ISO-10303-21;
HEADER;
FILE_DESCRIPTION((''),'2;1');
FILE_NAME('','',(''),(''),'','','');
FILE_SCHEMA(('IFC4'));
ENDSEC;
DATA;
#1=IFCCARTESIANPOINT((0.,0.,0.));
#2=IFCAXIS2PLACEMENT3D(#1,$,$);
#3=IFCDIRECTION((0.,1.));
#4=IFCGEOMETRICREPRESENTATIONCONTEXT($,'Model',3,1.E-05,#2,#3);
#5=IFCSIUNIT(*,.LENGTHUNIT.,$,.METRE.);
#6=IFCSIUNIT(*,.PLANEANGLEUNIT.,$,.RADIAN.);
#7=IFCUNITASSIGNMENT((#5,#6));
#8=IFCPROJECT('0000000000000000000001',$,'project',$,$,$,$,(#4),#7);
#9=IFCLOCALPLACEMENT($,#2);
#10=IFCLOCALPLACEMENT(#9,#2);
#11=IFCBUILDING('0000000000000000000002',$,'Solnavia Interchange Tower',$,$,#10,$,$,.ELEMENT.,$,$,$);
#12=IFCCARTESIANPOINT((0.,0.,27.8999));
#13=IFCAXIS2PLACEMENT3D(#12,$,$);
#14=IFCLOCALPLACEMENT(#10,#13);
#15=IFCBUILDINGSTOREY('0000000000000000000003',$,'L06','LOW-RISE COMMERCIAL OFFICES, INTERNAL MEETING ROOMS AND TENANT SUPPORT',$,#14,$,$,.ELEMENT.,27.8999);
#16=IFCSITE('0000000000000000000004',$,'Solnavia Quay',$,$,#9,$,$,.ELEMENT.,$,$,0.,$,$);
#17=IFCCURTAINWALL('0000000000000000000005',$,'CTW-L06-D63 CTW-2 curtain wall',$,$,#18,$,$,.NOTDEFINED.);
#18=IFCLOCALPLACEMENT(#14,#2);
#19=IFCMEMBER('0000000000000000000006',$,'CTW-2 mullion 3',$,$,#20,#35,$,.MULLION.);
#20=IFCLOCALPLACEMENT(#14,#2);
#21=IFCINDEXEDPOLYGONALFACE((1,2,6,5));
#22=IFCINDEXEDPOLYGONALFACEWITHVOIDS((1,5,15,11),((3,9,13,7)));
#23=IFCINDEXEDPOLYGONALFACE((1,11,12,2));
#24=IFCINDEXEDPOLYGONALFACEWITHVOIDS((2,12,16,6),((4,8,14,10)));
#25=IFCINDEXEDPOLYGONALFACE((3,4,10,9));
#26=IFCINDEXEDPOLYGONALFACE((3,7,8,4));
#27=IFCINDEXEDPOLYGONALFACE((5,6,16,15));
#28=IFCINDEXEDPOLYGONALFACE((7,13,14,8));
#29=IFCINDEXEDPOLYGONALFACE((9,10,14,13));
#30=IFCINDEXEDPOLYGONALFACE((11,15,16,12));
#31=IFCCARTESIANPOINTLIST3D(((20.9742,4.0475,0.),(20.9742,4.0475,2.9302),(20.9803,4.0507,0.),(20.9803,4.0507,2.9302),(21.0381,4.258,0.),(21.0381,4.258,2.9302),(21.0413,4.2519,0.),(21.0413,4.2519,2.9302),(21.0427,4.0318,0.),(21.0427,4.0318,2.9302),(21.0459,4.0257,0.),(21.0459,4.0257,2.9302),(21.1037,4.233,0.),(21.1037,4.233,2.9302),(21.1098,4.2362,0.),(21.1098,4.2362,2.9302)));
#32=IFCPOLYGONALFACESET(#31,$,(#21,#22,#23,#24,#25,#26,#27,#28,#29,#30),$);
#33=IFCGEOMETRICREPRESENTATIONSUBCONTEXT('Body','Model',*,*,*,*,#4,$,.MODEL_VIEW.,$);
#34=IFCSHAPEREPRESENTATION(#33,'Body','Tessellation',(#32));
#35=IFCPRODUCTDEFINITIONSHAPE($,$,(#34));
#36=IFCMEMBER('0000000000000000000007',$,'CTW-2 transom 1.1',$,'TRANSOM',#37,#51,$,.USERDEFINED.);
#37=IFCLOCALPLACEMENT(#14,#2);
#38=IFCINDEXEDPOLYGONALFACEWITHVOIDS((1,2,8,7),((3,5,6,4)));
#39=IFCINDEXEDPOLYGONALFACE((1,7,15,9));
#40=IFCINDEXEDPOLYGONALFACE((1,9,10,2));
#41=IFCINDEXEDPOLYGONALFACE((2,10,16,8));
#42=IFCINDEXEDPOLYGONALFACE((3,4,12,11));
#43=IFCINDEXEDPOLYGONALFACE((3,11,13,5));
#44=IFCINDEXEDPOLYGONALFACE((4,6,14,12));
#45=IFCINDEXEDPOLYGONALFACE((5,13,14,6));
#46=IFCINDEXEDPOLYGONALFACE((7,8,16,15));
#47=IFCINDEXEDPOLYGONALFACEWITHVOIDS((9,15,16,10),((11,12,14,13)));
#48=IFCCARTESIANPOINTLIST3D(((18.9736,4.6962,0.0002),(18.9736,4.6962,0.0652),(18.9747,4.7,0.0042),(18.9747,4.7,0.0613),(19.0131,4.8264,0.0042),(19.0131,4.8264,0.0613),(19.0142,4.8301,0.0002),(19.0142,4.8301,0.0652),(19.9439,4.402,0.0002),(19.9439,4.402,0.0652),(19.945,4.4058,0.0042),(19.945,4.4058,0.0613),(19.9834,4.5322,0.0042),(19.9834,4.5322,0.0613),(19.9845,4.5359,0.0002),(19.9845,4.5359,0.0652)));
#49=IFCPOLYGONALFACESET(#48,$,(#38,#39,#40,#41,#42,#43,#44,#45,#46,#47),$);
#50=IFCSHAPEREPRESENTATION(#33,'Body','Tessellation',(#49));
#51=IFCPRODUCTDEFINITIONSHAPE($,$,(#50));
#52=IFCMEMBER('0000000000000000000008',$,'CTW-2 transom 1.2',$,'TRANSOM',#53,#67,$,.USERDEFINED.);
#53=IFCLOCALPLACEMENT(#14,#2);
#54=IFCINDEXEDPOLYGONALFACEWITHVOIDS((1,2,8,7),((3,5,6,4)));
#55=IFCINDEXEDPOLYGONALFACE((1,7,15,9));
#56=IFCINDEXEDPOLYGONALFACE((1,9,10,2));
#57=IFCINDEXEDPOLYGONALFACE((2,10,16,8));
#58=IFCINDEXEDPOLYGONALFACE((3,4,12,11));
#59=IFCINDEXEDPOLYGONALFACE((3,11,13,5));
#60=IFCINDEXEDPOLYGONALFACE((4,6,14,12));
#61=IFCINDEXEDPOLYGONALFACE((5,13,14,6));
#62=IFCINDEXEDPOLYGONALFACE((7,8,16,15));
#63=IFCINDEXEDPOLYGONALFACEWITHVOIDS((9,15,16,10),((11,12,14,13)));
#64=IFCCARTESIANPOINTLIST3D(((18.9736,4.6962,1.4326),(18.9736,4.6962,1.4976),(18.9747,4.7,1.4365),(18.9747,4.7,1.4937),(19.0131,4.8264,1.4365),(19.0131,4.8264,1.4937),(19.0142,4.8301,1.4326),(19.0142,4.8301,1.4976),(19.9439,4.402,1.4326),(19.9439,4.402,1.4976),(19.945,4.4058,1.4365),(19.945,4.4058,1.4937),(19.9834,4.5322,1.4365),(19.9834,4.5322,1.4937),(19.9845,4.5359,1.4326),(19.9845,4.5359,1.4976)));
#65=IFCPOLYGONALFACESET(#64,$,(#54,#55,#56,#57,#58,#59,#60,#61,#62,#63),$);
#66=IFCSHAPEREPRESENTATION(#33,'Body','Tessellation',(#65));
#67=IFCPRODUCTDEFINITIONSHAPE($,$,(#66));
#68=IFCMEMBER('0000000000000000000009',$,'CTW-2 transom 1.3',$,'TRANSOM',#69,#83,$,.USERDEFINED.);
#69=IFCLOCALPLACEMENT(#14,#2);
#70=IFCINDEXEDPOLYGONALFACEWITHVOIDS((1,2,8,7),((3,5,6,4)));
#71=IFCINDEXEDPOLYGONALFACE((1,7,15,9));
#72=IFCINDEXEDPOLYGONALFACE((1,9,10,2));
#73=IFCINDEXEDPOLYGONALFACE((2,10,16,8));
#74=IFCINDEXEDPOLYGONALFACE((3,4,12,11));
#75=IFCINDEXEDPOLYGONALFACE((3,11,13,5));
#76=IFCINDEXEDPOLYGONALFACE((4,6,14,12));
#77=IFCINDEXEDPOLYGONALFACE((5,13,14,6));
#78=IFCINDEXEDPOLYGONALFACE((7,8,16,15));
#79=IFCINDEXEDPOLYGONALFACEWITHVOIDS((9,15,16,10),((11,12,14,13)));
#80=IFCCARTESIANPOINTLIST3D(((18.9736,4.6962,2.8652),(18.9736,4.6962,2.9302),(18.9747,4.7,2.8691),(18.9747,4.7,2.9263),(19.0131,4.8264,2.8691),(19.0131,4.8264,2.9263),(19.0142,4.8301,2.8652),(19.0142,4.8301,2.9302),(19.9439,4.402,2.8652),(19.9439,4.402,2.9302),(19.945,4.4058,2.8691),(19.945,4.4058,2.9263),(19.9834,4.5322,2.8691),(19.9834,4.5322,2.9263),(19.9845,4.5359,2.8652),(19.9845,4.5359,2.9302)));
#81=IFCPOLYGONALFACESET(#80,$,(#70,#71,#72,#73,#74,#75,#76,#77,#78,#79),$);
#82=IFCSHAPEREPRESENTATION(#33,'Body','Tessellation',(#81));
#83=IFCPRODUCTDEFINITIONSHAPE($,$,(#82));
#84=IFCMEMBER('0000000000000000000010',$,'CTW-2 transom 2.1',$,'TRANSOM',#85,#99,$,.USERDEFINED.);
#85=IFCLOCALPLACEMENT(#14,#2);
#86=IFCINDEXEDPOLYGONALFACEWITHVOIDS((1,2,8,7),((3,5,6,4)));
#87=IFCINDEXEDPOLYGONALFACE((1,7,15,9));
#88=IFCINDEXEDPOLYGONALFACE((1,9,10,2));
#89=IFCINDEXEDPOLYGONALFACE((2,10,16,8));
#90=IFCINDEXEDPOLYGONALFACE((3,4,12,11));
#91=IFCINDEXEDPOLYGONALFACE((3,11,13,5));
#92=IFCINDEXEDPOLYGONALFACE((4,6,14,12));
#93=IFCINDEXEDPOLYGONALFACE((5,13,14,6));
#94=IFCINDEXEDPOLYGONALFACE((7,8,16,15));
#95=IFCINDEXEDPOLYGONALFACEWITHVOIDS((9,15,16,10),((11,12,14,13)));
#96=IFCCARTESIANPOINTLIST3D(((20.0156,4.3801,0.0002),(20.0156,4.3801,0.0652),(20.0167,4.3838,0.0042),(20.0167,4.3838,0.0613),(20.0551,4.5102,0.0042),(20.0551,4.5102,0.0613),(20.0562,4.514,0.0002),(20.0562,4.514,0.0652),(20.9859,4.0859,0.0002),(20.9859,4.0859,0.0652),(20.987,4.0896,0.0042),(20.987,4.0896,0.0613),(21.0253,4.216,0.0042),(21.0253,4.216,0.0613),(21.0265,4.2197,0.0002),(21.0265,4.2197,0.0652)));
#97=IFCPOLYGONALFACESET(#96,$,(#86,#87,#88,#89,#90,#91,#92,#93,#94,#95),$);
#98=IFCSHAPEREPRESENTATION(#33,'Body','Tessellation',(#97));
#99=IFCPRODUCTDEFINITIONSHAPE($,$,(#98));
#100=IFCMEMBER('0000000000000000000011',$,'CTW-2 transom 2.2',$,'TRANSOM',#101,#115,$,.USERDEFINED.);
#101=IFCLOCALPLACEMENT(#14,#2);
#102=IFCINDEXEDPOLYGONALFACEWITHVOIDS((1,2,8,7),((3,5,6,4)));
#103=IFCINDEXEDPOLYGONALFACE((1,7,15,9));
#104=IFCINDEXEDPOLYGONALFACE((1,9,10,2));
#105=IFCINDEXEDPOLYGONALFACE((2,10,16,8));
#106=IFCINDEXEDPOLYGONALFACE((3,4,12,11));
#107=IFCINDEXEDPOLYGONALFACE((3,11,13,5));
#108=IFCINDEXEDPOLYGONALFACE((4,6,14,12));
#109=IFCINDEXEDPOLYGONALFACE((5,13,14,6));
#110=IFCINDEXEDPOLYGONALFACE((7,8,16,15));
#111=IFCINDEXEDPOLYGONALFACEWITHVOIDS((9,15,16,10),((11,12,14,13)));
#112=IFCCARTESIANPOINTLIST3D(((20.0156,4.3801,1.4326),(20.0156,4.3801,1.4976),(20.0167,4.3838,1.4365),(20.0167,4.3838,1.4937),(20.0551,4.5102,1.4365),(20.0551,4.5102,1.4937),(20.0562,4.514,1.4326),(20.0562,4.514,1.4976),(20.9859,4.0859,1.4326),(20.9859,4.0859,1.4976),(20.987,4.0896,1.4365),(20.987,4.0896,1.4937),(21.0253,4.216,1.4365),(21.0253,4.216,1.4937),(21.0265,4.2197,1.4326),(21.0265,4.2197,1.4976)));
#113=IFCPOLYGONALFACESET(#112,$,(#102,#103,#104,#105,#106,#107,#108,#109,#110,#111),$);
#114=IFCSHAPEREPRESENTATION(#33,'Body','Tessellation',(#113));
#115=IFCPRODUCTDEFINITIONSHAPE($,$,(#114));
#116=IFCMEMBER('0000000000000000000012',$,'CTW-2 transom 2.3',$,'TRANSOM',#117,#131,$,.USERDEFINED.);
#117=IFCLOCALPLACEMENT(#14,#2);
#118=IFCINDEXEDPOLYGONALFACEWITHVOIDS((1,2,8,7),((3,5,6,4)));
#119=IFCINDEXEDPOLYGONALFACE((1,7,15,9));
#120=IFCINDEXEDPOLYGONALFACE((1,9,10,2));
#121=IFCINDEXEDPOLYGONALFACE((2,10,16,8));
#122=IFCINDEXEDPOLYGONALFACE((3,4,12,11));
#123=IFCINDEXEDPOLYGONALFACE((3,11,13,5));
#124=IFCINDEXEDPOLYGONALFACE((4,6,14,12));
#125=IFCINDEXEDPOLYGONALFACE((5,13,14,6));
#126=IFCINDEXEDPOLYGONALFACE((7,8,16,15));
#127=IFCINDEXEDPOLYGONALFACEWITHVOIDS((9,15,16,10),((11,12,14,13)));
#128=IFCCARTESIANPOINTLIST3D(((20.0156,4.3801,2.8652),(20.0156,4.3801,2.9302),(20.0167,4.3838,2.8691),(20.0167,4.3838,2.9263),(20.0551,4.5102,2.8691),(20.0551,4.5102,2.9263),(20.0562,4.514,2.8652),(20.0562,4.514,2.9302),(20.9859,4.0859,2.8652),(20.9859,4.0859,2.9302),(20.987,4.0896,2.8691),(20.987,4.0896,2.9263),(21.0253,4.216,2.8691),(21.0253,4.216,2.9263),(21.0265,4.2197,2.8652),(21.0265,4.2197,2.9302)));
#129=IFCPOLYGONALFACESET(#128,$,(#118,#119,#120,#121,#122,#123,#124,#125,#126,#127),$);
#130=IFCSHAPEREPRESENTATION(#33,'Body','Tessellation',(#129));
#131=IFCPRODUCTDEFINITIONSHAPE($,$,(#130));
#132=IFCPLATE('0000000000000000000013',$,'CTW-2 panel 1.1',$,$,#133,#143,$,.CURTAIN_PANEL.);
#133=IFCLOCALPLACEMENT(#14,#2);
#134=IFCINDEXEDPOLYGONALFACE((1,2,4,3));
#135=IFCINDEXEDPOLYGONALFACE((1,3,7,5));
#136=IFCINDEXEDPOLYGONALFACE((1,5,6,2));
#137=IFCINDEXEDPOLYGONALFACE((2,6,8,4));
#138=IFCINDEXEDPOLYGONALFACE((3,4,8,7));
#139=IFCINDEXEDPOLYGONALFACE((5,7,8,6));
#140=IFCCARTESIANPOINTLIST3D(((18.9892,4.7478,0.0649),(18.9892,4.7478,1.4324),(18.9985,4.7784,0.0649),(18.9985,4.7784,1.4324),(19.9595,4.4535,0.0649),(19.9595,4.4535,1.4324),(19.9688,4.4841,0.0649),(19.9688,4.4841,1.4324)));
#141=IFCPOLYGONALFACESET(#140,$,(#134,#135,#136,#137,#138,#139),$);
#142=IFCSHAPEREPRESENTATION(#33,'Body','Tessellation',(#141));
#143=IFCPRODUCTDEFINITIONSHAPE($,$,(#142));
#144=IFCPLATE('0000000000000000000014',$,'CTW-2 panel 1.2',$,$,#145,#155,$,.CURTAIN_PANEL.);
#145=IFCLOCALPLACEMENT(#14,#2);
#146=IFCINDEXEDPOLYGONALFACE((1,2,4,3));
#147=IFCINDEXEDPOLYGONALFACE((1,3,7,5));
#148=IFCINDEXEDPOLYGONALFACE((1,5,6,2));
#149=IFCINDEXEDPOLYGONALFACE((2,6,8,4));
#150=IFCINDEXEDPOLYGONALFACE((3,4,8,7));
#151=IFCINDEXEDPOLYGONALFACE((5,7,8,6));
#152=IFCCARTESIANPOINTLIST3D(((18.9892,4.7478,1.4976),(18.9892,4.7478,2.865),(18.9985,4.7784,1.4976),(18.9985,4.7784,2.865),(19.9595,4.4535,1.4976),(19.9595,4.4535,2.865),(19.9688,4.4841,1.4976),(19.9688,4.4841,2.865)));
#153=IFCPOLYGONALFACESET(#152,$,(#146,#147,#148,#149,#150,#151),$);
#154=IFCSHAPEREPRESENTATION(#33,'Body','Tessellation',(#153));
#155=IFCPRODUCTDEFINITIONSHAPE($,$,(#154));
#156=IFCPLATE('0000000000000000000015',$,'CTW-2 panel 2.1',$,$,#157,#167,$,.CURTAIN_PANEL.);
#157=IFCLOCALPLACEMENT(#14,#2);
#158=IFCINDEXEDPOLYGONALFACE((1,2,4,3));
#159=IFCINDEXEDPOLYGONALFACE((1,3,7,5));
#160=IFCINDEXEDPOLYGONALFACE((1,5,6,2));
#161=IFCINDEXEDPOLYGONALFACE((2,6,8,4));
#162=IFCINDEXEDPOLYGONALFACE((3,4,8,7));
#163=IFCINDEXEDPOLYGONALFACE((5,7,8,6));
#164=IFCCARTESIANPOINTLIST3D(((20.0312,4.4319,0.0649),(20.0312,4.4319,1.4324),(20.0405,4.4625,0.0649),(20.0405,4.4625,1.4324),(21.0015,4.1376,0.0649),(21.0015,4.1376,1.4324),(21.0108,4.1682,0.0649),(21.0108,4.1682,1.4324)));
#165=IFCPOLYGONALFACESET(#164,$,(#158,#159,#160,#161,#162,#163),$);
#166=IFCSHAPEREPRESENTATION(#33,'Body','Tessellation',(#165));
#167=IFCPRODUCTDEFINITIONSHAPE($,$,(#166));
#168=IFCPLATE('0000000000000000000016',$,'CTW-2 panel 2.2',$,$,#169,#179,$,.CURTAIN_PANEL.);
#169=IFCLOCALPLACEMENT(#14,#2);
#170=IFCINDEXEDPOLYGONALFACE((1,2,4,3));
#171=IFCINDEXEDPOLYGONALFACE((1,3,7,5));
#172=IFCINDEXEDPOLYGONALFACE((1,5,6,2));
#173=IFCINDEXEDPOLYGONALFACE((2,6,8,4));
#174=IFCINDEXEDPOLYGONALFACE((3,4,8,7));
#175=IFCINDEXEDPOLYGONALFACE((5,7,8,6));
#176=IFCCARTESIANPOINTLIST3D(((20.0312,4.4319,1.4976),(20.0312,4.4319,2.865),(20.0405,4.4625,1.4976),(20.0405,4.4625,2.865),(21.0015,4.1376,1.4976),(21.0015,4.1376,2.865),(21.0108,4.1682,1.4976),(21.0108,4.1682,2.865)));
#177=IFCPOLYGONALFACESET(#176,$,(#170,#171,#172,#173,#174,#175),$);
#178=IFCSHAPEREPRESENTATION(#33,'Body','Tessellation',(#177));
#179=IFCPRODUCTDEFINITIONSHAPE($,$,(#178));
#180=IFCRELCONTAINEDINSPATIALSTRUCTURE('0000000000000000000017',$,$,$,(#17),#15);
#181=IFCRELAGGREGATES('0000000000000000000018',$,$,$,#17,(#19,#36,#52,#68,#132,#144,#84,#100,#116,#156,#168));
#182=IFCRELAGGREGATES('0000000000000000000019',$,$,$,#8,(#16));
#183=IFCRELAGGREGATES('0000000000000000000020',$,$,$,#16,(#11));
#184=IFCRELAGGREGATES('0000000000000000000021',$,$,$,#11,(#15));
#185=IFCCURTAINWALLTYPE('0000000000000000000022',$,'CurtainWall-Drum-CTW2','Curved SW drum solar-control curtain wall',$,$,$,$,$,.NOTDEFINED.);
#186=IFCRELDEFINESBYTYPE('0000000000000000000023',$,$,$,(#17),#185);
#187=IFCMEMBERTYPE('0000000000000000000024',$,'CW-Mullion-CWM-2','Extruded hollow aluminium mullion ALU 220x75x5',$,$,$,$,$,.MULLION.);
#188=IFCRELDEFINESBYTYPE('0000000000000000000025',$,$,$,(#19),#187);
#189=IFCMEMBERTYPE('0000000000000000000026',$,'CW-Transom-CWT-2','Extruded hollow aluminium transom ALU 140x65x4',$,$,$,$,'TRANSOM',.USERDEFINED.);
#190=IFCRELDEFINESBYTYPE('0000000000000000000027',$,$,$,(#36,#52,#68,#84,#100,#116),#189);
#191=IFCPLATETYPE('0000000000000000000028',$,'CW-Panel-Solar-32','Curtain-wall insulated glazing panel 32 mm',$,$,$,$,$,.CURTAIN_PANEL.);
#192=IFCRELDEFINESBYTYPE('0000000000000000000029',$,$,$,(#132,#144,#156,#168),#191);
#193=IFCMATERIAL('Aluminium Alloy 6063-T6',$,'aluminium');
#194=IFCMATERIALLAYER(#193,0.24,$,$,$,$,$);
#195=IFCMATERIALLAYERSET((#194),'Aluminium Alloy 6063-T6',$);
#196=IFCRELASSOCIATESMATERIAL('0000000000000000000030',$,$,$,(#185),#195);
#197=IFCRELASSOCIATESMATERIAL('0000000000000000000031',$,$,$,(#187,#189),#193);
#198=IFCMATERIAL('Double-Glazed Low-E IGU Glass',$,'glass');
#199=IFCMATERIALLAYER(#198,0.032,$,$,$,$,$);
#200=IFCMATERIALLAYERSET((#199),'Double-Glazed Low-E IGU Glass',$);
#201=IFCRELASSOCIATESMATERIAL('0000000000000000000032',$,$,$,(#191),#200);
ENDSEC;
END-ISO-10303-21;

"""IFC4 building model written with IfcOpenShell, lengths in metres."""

from ifc_helpers import new_model, si_unit, direction, frame, origin, origin_2d, place, context, subcontext, project, spatial, rectangle, hollow_rectangle, extrude, material, layer, layer_set, material_profile, profile_set, type_object, element, aggregate, save


model = new_model("IFC4")

# Units and contexts
model_context = context("Model", 3, precision=1e-05, world=origin(), true_north=direction((0.0, 1.0)))
body_context = subcontext(model_context, "Body", "Model", "MODEL_VIEW")
ifc_project = project(units=[si_unit("LENGTHUNIT", "METRE"), si_unit("PLANEANGLEUNIT", "RADIAN")], contexts=[model_context])

# Site, building, storey
site_placement = place(None, origin())
site = spatial("IfcSite", under=ifc_project, at=site_placement, Name="Solnavia Quay", CompositionType="ELEMENT", RefElevation=0.0)
building_placement = place(site_placement, origin())
building = spatial("IfcBuilding", under=site, at=building_placement, Name="Solnavia Interchange Tower", CompositionType="ELEMENT")
storey_placement = place(building_placement, frame((0.0, 0.0, 27.8999)))
storey = spatial("IfcBuildingStorey", under=building, at=storey_placement, Name="L06", Description="LOW-RISE COMMERCIAL OFFICES, INTERNAL MEETING ROOMS AND TENANT SUPPORT", CompositionType="ELEMENT", Elevation=27.8999)

# Shared definitions
ifc_material_1 = material(Name="Aluminium Alloy 6063-T6", Category="aluminium")
ifc_layer_1 = layer(ifc_material_1, 0.24)
ifc_layer_set_1 = layer_set([ifc_layer_1], Name="Aluminium Alloy 6063-T6")
curtain_wall_type = type_object("IfcCurtainWallType", Name="CurtainWall-Drum-CTW2", Description="Curved SW drum solar-control curtain wall", PredefinedType="NOTDEFINED", material=ifc_layer_set_1)
ifc_material_profile_1 = material_profile(ifc_material_1, hollow_rectangle(XDim=0.075, YDim=0.22, WallThickness=0.0049, at=origin_2d()), Name="ALU 220x75x5")
ifc_profile_set_1 = profile_set([ifc_material_profile_1], Name="Aluminium Alloy 6063-T6")
member_type_1 = type_object("IfcMemberType", Name="CW-Mullion-CWM-2", Description="Extruded hollow aluminium mullion ALU 220x75x5", PredefinedType="MULLION", material=ifc_profile_set_1)

# Curtain wall, members, plates
curtain_wall_1_placement = place(storey_placement, origin())
curtain_wall_1 = element("IfcCurtainWall", 1, at=curtain_wall_1_placement, inside=storey, type_object=curtain_wall_type, Name="CTW-L06-D63 CTW-2 curtain wall", PredefinedType="NOTDEFINED")
member_1_placement = place(storey_placement, frame((21.042, 4.1418, 0.0), z_axis=(0.0, 0.0, 1.0), x_axis=(0.956935, -0.290303, 0.0)))
member_1 = element("IfcMember", 2, at=member_1_placement, type_object=member_type_1, Name="CTW-2 mullion 3", PredefinedType="MULLION", context=body_context, shape_type="SweptSolid", body=[
    extrude(hollow_rectangle(XDim=0.075, YDim=0.22, WallThickness=0.0049, at=origin_2d()), origin(), (0.0, 0.0, 1.0), 2.9302),
])
ifc_material_profile_2 = material_profile(ifc_material_1, hollow_rectangle(XDim=0.0649, YDim=0.1399, WallThickness=0.0039, at=origin_2d()), Name="ALU 140x65x4")
ifc_profile_set_2 = profile_set([ifc_material_profile_2], Name="Aluminium Alloy 6063-T6")
member_type_2 = type_object("IfcMemberType", Name="CW-Transom-CWT-2", Description="Extruded hollow aluminium transom ALU 140x65x4", ElementType="TRANSOM", PredefinedType="USERDEFINED", material=ifc_profile_set_2)
member_2_placement = place(storey_placement, frame((18.9939, 4.7632, 0.0327), z_axis=(0.956974, -0.290174, 0.0), x_axis=(0.0, 0.0, 1.0)))
member_2 = element("IfcMember", 3, at=member_2_placement, type_object=member_type_2, Name="CTW-2 transom 1.1", ObjectType="TRANSOM", PredefinedType="USERDEFINED", context=body_context, shape_type="SweptSolid", body=[
    extrude(hollow_rectangle(XDim=0.0649, YDim=0.1399, WallThickness=0.0039, at=origin_2d()), origin(), (0.0, 0.0, 1.0), 1.0139),
])
member_3_placement = place(storey_placement, frame((18.9939, 4.7632, 1.4651), z_axis=(0.956974, -0.290174, 0.0), x_axis=(0.0, 0.0, 1.0)))
member_3 = element("IfcMember", 4, at=member_3_placement, type_object=member_type_2, Name="CTW-2 transom 1.2", ObjectType="TRANSOM", PredefinedType="USERDEFINED", context=body_context, shape_type="SweptSolid", body=[
    extrude(hollow_rectangle(XDim=0.0649, YDim=0.1399, WallThickness=0.0039, at=origin_2d()), origin(), (0.0, 0.0, 1.0), 1.0139),
])
member_4_placement = place(storey_placement, frame((18.9939, 4.7632, 2.8977), z_axis=(0.956974, -0.290174, 0.0), x_axis=(0.0, 0.0, 1.0)))
member_4 = element("IfcMember", 5, at=member_4_placement, type_object=member_type_2, Name="CTW-2 transom 1.3", ObjectType="TRANSOM", PredefinedType="USERDEFINED", context=body_context, shape_type="SweptSolid", body=[
    extrude(hollow_rectangle(XDim=0.0649, YDim=0.1399, WallThickness=0.0039, at=origin_2d()), origin(), (0.0, 0.0, 1.0), 1.0139),
])
member_5_placement = place(storey_placement, frame((20.0359, 4.447, 0.0327), z_axis=(0.956974, -0.290174, 0.0), x_axis=(0.0, 0.0, 1.0)))
member_5 = element("IfcMember", 6, at=member_5_placement, type_object=member_type_2, Name="CTW-2 transom 2.1", ObjectType="TRANSOM", PredefinedType="USERDEFINED", context=body_context, shape_type="SweptSolid", body=[
    extrude(hollow_rectangle(XDim=0.0649, YDim=0.1399, WallThickness=0.0039, at=origin_2d()), origin(), (0.0, 0.0, 1.0), 1.0139),
])
member_6_placement = place(storey_placement, frame((20.0359, 4.447, 1.4651), z_axis=(0.956974, -0.290174, 0.0), x_axis=(0.0, 0.0, 1.0)))
member_6 = element("IfcMember", 7, at=member_6_placement, type_object=member_type_2, Name="CTW-2 transom 2.2", ObjectType="TRANSOM", PredefinedType="USERDEFINED", context=body_context, shape_type="SweptSolid", body=[
    extrude(hollow_rectangle(XDim=0.0649, YDim=0.1399, WallThickness=0.0039, at=origin_2d()), origin(), (0.0, 0.0, 1.0), 1.0139),
])
member_7_placement = place(storey_placement, frame((20.0359, 4.447, 2.8977), z_axis=(0.956974, -0.290174, 0.0), x_axis=(0.0, 0.0, 1.0)))
member_7 = element("IfcMember", 8, at=member_7_placement, type_object=member_type_2, Name="CTW-2 transom 2.3", ObjectType="TRANSOM", PredefinedType="USERDEFINED", context=body_context, shape_type="SweptSolid", body=[
    extrude(hollow_rectangle(XDim=0.0649, YDim=0.1399, WallThickness=0.0039, at=origin_2d()), origin(), (0.0, 0.0, 1.0), 1.0139),
])
ifc_material_2 = material(Name="Double-Glazed Low-E IGU Glass", Category="glass")
ifc_layer_2 = layer(ifc_material_2, 0.032)
ifc_layer_set_2 = layer_set([ifc_layer_2], Name="Double-Glazed Low-E IGU Glass")
plate_type = type_object("IfcPlateType", Name="CW-Panel-Solar-32", Description="Curtain-wall insulated glazing panel 32 mm", PredefinedType="CURTAIN_PANEL", material=ifc_layer_set_2)
plate_1_placement = place(storey_placement, frame((19.479, 4.616, 0.0649), z_axis=(0.0, 0.0, 1.0), x_axis=(0.956935, -0.290303, 0.0)))
plate_1 = element("IfcPlate", 9, at=plate_1_placement, type_object=plate_type, Name="CTW-2 panel 1.1", PredefinedType="CURTAIN_PANEL", context=body_context, shape_type="SweptSolid", body=[
    extrude(rectangle(XDim=1.0139, YDim=0.032, at=origin_2d()), origin(), (0.0, 0.0, 1.0), 1.3674),
])
plate_2_placement = place(storey_placement, frame((19.479, 4.616, 1.4976), z_axis=(0.0, 0.0, 1.0), x_axis=(0.956935, -0.290303, 0.0)))
plate_2 = element("IfcPlate", 10, at=plate_2_placement, type_object=plate_type, Name="CTW-2 panel 1.2", PredefinedType="CURTAIN_PANEL", context=body_context, shape_type="SweptSolid", body=[
    extrude(rectangle(XDim=1.0139, YDim=0.032, at=origin_2d()), origin(), (0.0, 0.0, 1.0), 1.3674),
])
plate_3_placement = place(storey_placement, frame((20.521, 4.3, 0.0649), z_axis=(0.0, 0.0, 1.0), x_axis=(0.956935, -0.290303, 0.0)))
plate_3 = element("IfcPlate", 11, at=plate_3_placement, type_object=plate_type, Name="CTW-2 panel 2.1", PredefinedType="CURTAIN_PANEL", context=body_context, shape_type="SweptSolid", body=[
    extrude(rectangle(XDim=1.0139, YDim=0.032, at=origin_2d()), origin(), (0.0, 0.0, 1.0), 1.3674),
])
plate_4_placement = place(storey_placement, frame((20.521, 4.3, 1.4976), z_axis=(0.0, 0.0, 1.0), x_axis=(0.956935, -0.290303, 0.0)))
plate_4 = element("IfcPlate", 12, at=plate_4_placement, type_object=plate_type, Name="CTW-2 panel 2.2", PredefinedType="CURTAIN_PANEL", context=body_context, shape_type="SweptSolid", body=[
    extrude(rectangle(XDim=1.0139, YDim=0.032, at=origin_2d()), origin(), (0.0, 0.0, 1.0), 1.3674),
])
aggregate(curtain_wall_1, [member_1, member_2, member_3, member_4, plate_1, plate_2, member_5, member_6, member_7, plate_3, plate_4])

save(model, "model.ifc")
